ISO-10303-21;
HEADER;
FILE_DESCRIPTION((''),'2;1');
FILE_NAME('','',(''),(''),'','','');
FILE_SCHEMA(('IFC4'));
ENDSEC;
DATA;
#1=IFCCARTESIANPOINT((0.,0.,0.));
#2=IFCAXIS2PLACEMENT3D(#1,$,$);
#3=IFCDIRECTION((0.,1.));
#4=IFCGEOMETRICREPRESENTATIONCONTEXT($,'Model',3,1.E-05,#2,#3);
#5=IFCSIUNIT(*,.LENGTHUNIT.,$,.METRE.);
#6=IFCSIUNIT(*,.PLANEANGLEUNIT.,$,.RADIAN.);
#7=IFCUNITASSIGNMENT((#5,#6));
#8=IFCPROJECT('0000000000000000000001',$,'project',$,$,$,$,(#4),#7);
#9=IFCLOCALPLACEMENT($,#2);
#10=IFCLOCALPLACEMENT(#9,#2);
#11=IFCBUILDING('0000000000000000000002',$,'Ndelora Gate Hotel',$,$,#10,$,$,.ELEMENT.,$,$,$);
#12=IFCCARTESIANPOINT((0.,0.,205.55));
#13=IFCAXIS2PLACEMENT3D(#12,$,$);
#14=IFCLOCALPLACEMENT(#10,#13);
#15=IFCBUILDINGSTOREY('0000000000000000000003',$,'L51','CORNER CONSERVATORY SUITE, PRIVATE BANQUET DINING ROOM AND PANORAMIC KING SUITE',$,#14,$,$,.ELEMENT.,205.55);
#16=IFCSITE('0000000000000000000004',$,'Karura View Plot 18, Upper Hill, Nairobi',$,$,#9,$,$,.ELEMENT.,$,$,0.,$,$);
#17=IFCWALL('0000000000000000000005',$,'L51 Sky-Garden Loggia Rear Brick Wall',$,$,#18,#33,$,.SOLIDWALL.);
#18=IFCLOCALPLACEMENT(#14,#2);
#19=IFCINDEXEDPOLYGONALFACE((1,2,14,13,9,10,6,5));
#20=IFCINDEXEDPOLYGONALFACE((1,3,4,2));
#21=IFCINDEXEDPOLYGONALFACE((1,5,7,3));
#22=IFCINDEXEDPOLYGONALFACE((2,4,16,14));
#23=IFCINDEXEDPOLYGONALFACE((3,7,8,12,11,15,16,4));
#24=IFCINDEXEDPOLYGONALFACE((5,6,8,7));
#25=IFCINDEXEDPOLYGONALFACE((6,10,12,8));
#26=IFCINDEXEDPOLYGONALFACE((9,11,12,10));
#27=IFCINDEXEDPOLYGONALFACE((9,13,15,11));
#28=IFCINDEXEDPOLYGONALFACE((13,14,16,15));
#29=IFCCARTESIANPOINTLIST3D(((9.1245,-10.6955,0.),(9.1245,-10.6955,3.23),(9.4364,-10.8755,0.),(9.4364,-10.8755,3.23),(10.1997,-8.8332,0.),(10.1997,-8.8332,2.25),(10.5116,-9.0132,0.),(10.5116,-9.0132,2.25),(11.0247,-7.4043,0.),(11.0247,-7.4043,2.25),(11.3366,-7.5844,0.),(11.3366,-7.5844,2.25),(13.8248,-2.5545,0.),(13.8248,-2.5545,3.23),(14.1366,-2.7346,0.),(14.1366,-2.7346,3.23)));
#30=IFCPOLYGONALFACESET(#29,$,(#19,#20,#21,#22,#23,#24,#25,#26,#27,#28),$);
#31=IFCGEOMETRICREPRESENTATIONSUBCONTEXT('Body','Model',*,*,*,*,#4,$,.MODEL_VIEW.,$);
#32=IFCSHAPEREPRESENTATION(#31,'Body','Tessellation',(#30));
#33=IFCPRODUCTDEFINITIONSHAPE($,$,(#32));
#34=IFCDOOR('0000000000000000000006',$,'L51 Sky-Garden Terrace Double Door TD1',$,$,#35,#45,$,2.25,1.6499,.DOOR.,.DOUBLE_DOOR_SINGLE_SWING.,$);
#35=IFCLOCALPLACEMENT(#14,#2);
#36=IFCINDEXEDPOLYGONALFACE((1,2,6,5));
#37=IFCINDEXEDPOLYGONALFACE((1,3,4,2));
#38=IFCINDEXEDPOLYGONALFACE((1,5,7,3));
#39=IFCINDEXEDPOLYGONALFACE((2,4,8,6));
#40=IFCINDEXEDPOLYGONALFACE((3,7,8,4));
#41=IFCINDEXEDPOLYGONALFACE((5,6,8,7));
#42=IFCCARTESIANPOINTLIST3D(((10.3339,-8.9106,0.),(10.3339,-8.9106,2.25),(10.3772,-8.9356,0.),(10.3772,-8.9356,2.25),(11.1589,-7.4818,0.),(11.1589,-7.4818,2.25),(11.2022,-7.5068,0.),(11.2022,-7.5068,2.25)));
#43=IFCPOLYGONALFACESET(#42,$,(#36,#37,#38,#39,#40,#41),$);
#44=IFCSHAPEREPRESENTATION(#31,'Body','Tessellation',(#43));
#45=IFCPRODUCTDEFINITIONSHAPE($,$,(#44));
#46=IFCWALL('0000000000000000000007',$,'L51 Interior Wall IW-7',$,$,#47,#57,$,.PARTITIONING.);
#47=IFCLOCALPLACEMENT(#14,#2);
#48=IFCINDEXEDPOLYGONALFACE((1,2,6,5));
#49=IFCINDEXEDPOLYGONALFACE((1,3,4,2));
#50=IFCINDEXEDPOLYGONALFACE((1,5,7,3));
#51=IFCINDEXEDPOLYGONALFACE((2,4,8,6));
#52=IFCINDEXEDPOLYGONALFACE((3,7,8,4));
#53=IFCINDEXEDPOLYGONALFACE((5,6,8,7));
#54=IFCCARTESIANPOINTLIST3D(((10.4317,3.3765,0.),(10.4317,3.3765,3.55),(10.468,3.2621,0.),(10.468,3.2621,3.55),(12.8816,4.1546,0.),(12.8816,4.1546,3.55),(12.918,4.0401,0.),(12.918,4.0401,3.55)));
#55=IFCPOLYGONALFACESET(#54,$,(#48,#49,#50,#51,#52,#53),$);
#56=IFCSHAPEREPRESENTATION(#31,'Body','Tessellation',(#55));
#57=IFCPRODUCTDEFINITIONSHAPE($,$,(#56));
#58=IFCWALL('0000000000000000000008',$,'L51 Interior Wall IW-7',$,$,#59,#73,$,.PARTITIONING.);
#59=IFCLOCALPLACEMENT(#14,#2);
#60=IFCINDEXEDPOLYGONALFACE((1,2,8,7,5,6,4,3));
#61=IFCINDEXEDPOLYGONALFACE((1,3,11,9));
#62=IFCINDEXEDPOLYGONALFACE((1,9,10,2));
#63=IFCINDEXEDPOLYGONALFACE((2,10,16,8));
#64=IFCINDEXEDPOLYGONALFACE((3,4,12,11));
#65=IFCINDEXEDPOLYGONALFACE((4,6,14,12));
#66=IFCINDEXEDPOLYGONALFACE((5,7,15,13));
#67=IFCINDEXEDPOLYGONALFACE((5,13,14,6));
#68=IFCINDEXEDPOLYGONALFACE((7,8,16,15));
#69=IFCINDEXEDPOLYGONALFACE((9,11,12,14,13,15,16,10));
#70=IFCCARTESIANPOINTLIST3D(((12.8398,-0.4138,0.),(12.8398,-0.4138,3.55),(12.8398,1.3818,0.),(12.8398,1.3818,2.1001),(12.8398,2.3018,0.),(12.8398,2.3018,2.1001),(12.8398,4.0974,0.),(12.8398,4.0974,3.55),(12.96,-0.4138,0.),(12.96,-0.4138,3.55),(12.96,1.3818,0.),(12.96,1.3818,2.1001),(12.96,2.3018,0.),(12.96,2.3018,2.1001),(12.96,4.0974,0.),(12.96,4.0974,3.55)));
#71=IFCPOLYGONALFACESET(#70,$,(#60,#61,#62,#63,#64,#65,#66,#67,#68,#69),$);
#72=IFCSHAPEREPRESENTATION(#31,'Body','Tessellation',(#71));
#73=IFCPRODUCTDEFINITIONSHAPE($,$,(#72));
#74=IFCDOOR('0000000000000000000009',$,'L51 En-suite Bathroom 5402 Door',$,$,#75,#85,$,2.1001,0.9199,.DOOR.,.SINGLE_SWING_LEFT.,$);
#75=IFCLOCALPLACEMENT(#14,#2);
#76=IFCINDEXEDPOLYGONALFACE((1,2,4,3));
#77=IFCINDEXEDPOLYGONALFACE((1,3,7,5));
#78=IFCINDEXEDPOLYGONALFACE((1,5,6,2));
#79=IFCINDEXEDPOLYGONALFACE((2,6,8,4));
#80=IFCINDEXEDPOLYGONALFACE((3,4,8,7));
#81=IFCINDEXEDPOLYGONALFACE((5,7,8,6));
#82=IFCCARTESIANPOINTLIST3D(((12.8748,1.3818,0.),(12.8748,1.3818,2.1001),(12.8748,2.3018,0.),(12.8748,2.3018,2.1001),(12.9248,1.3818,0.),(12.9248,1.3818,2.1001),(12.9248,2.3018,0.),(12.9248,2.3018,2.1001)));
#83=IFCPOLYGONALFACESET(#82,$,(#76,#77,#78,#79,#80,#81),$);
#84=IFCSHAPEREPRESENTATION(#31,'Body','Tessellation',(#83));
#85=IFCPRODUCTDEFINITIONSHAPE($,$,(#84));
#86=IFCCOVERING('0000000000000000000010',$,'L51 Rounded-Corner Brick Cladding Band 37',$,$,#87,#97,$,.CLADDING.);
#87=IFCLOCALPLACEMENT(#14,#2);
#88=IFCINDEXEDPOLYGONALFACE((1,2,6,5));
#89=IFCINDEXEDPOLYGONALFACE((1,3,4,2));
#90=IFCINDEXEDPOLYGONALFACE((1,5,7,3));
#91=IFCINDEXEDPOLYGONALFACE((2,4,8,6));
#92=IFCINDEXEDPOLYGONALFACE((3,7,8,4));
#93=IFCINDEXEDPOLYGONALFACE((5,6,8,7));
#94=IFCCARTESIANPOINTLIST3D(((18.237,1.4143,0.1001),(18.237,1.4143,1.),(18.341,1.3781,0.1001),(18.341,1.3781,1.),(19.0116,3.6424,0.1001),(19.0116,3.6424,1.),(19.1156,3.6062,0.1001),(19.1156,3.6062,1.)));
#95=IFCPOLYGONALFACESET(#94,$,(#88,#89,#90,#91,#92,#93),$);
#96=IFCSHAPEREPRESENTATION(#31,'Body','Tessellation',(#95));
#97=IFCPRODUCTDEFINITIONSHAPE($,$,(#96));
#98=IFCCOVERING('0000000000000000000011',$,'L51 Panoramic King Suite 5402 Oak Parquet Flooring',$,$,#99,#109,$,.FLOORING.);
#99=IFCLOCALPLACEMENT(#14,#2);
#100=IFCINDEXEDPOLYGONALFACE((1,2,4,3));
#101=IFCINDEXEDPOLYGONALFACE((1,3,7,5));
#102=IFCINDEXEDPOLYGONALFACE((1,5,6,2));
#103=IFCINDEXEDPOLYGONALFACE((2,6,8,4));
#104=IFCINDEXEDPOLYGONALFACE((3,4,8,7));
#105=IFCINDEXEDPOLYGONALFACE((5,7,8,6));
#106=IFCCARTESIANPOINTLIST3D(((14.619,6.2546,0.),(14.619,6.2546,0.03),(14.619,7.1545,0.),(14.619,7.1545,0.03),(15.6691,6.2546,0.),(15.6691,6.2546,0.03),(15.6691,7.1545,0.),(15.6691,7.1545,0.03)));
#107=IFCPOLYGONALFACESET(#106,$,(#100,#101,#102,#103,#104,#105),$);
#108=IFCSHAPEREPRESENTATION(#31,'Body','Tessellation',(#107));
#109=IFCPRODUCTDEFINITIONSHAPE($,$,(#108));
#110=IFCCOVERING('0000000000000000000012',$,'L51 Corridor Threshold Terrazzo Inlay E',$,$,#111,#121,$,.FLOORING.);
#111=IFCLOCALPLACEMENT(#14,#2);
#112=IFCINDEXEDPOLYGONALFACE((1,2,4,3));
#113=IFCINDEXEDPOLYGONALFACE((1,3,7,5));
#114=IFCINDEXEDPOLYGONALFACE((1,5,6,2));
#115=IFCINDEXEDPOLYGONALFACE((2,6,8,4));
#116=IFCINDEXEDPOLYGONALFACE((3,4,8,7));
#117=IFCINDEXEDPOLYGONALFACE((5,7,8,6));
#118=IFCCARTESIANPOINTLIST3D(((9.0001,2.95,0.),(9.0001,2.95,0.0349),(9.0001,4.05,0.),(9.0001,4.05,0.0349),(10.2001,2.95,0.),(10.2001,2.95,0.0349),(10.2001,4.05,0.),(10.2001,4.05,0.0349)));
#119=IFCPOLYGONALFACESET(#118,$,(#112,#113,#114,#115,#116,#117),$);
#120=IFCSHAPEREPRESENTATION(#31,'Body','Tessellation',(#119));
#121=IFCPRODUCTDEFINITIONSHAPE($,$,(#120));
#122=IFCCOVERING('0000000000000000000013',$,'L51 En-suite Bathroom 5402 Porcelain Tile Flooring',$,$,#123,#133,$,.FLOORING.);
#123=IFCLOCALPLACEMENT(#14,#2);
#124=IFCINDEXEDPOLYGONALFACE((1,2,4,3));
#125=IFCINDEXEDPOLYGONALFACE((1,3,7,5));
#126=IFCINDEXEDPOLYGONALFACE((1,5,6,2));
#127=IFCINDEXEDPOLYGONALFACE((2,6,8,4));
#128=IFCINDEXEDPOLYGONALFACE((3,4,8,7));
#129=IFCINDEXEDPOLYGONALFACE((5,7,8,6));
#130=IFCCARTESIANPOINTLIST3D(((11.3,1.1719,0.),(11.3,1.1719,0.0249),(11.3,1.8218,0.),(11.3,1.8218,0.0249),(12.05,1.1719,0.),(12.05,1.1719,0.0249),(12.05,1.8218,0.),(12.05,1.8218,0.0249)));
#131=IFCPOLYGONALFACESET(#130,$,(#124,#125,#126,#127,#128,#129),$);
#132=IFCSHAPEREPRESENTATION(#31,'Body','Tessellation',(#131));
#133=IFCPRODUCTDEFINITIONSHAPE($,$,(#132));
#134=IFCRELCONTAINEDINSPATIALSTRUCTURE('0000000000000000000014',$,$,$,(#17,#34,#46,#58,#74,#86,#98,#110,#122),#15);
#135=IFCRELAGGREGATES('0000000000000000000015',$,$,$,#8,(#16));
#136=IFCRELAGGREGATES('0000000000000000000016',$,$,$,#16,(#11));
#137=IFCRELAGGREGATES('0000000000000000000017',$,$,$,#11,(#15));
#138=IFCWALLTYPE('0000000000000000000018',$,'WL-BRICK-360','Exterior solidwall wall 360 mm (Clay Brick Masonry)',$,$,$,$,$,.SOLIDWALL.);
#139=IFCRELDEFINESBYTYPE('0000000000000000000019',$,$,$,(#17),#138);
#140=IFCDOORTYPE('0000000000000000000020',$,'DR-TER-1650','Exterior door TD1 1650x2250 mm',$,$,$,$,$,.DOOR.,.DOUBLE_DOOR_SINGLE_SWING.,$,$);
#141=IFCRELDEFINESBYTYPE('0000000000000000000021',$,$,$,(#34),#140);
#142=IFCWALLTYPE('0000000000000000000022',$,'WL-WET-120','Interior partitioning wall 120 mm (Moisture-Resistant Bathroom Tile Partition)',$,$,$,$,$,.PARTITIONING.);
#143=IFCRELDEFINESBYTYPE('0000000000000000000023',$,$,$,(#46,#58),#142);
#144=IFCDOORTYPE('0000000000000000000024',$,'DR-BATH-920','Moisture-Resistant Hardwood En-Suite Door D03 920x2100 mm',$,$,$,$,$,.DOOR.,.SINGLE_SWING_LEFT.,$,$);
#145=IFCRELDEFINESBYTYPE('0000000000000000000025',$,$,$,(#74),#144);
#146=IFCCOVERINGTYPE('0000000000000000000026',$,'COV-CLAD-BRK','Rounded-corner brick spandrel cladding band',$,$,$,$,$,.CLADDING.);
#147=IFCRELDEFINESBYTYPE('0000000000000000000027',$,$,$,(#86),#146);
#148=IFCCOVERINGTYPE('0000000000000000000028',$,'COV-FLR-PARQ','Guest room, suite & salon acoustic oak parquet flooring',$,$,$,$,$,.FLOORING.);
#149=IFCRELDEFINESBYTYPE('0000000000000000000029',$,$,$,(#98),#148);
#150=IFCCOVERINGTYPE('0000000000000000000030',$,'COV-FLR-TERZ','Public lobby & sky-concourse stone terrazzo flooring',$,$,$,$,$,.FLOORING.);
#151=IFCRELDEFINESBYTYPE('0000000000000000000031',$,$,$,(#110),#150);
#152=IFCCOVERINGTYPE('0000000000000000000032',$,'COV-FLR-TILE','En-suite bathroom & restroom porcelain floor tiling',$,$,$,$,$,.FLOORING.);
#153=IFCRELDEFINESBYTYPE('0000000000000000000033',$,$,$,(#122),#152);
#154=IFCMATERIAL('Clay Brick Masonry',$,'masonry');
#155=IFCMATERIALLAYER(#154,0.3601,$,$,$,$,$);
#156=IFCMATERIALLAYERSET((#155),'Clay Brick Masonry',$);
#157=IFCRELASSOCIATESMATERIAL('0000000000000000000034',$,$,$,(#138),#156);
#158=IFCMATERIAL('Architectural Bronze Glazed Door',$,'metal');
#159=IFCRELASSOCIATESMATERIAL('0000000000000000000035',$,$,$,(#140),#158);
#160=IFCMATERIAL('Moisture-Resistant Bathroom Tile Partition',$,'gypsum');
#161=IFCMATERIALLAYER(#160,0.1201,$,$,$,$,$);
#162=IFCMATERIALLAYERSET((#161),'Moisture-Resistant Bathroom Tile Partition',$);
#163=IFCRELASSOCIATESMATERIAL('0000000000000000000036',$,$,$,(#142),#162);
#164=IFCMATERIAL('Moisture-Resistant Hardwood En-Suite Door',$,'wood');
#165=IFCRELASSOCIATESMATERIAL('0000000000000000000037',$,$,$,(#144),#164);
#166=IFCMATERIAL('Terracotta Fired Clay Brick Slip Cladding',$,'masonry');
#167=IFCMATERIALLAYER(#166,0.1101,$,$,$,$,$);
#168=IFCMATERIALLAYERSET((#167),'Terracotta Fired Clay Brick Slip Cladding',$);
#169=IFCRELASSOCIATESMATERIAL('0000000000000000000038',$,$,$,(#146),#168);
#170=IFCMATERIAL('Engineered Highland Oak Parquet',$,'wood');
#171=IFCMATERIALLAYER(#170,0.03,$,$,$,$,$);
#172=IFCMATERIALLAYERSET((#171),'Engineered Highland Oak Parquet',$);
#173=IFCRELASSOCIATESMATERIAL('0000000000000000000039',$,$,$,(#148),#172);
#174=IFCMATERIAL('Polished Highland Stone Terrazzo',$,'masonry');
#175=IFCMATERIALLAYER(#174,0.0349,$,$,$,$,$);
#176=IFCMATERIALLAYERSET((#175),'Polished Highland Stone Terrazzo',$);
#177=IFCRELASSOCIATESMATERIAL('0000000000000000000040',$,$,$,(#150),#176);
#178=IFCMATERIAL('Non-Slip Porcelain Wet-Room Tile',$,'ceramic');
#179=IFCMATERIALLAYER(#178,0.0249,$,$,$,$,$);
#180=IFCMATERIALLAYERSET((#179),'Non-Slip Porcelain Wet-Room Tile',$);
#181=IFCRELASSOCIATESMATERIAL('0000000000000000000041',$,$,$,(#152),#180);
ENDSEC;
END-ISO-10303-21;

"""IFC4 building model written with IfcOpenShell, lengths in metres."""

from ifc_helpers import new_model, si_unit, direction, frame, frame_2d, origin, origin_2d, place, context, subcontext, project, spatial, rectangle, extrude, material, layer, layer_set, type_object, element, fill, save


model = new_model("IFC4")

# Units and contexts
model_context = context("Model", 3, precision=1e-05, world=origin(), true_north=direction((0.0, 1.0)))
body_context = subcontext(model_context, "Body", "Model", "MODEL_VIEW")
ifc_project = project(units=[si_unit("LENGTHUNIT", "METRE"), si_unit("PLANEANGLEUNIT", "RADIAN")], contexts=[model_context])

# Site, building, storey
site_placement = place(None, origin())
site = spatial("IfcSite", under=ifc_project, at=site_placement, Name="Karura View Plot 18, Upper Hill, Nairobi", CompositionType="ELEMENT", RefElevation=0.0)
building_placement = place(site_placement, origin())
building = spatial("IfcBuilding", under=site, at=building_placement, Name="Ndelora Gate Hotel", CompositionType="ELEMENT")
storey_placement = place(building_placement, frame((0.0, 0.0, 205.55)))
storey = spatial("IfcBuildingStorey", under=building, at=storey_placement, Name="L51", Description="CORNER CONSERVATORY SUITE, PRIVATE BANQUET DINING ROOM AND PANORAMIC KING SUITE", CompositionType="ELEMENT", Elevation=205.55)

# Shared definitions
ifc_material_1 = material(Name="Clay Brick Masonry", Category="masonry")

# Wall, opening, door
ifc_layer_1 = layer(ifc_material_1, 0.3601)
ifc_layer_set_1 = layer_set([ifc_layer_1], Name="Clay Brick Masonry")
wall_type_1 = type_object("IfcWallType", Name="WL-BRICK-360", Description="Exterior solidwall wall 360 mm (Clay Brick Masonry)", PredefinedType="SOLIDWALL", material=ifc_layer_set_1)
wall_1_placement = place(storey_placement, frame((13.9807, -2.6445, 0.0), z_axis=(0.0, 0.0, 1.0), x_axis=(-0.500005, -0.866023, 0.0)))
wall_1 = element("IfcWall", 1, at=wall_1_placement, inside=storey, type_object=wall_type_1, Name="L51 Sky-Garden Loggia Rear Brick Wall", PredefinedType="SOLIDWALL", context=body_context, shape_type="SweptSolid", body=[
    extrude(rectangle(XDim=9.4004, YDim=0.3601, at=frame_2d((4.7002, 0.0))), origin(), (0.0, 0.0, 1.0), 3.23),
])
opening_1_placement = place(wall_1_placement, frame((5.6001, 0.0, 0.0)))
opening_1 = element("IfcOpeningElement", 2, at=opening_1_placement, cuts=wall_1, PredefinedType="OPENING", context=body_context, shape_type="SweptSolid", body=[
    extrude(rectangle(XDim=1.6499, YDim=2.25, at=frame_2d((0.825, 1.125))), frame((0.0, 0.1899, 0.0), z_axis=(0.0, -1.0, 0.0), x_axis=(1.0, 0.0, 0.0)), (0.0, 0.0, 1.0), 0.3801),
])
ifc_material_2 = material(Name="Architectural Bronze Glazed Door", Category="metal")
door_type_1 = type_object("IfcDoorType", Name="DR-TER-1650", Description="Exterior door TD1 1650x2250 mm", OperationType="DOUBLE_DOOR_SINGLE_SWING", PredefinedType="DOOR", material=ifc_material_2)
door_1_placement = place(opening_1_placement, origin())
door_1 = element("IfcDoor", 3, at=door_1_placement, inside=storey, type_object=door_type_1, Name="L51 Sky-Garden Terrace Double Door TD1", OperationType="DOUBLE_DOOR_SINGLE_SWING", OverallHeight=2.25, OverallWidth=1.6499, PredefinedType="DOOR", context=body_context, shape_type="SweptSolid", body=[
    extrude(rectangle(XDim=1.6499, YDim=2.25, at=frame_2d((0.825, 1.125))), frame((0.0, 0.0249, 0.0), z_axis=(0.0, -1.0, 0.0), x_axis=(1.0, 0.0, 0.0)), (0.0, 0.0, 1.0), 0.05),
])
fill(opening_1, door_1)

# Wall
ifc_material_3 = material(Name="Moisture-Resistant Bathroom Tile Partition", Category="gypsum")
ifc_layer_2 = layer(ifc_material_3, 0.1201)
ifc_layer_set_2 = layer_set([ifc_layer_2], Name="Moisture-Resistant Bathroom Tile Partition")
wall_type_2 = type_object("IfcWallType", Name="WL-WET-120", Description="Interior partitioning wall 120 mm (Moisture-Resistant Bathroom Tile Partition)", PredefinedType="PARTITIONING", material=ifc_layer_set_2)
wall_2_placement = place(storey_placement, frame((10.45, 3.3193, 0.0), z_axis=(0.0, 0.0, 1.0), x_axis=(0.953089, 0.30269, 0.0)))
element("IfcWall", 4, at=wall_2_placement, inside=storey, type_object=wall_type_2, Name="L51 Interior Wall IW-7", PredefinedType="PARTITIONING", context=body_context, shape_type="SweptSolid", body=[
    extrude(rectangle(XDim=2.5706, YDim=0.1201, at=frame_2d((1.2852, 0.0))), origin(), (0.0, 0.0, 1.0), 3.55),
])

# Wall, opening, door
wall_3_placement = place(storey_placement, frame((12.8999, 4.0974, 0.0), z_axis=(0.0, 0.0, 1.0), x_axis=(0.0, -1.0, 0.0)))
wall_3 = element("IfcWall", 5, at=wall_3_placement, inside=storey, type_object=wall_type_2, Name="L51 Interior Wall IW-7", PredefinedType="PARTITIONING", context=body_context, shape_type="SweptSolid", body=[
    extrude(rectangle(XDim=4.5112, YDim=0.1201, at=frame_2d((2.2556, 0.0))), origin(), (0.0, 0.0, 1.0), 3.55),
])
opening_2_placement = place(wall_3_placement, frame((1.7957, 0.0, 0.0)))
opening_2 = element("IfcOpeningElement", 6, at=opening_2_placement, cuts=wall_3, PredefinedType="OPENING", context=body_context, shape_type="SweptSolid", body=[
    extrude(rectangle(XDim=0.9199, YDim=2.1001, at=frame_2d((0.46, 1.05))), frame((0.0, 0.0701, 0.0), z_axis=(0.0, -1.0, 0.0), x_axis=(1.0, 0.0, 0.0)), (0.0, 0.0, 1.0), 0.1401),
])
ifc_material_4 = material(Name="Moisture-Resistant Hardwood En-Suite Door", Category="wood")
door_type_2 = type_object("IfcDoorType", Name="DR-BATH-920", Description="Moisture-Resistant Hardwood En-Suite Door D03 920x2100 mm", OperationType="SINGLE_SWING_LEFT", PredefinedType="DOOR", material=ifc_material_4)
door_2_placement = place(opening_2_placement, origin())
door_2 = element("IfcDoor", 7, at=door_2_placement, inside=storey, type_object=door_type_2, Name="L51 En-suite Bathroom 5402 Door", OperationType="SINGLE_SWING_LEFT", OverallHeight=2.1001, OverallWidth=0.9199, PredefinedType="DOOR", context=body_context, shape_type="SweptSolid", body=[
    extrude(rectangle(XDim=0.9199, YDim=2.1001, at=frame_2d((0.46, 1.05))), frame((0.0, 0.0249, 0.0), z_axis=(0.0, -1.0, 0.0), x_axis=(1.0, 0.0, 0.0)), (0.0, 0.0, 1.0), 0.05),
])
fill(opening_2, door_2)

# Coverings
ifc_material_5 = material(Name="Terracotta Fired Clay Brick Slip Cladding", Category="masonry")
ifc_layer_3 = layer(ifc_material_5, 0.1101)
ifc_layer_set_3 = layer_set([ifc_layer_3], Name="Terracotta Fired Clay Brick Slip Cladding")
covering_type_1 = type_object("IfcCoveringType", Name="COV-CLAD-BRK", Description="Rounded-corner brick spandrel cladding band", PredefinedType="CLADDING", material=ifc_layer_set_3)
covering_1_placement = place(storey_placement, frame((18.6763, 2.5103, 0.1001), z_axis=(0.0, 0.0, 1.0), x_axis=(0.328372, 0.944548, 0.0)))
element("IfcCovering", 8, at=covering_1_placement, inside=storey, type_object=covering_type_1, Name="L51 Rounded-Corner Brick Cladding Band 37", PredefinedType="CLADDING", context=body_context, shape_type="SweptSolid", body=[
    extrude(rectangle(XDim=2.3589, YDim=0.1101, at=origin_2d()), origin(), (0.0, 0.0, 1.0), 0.8999),
])
ifc_material_6 = material(Name="Engineered Highland Oak Parquet", Category="wood")
ifc_layer_4 = layer(ifc_material_6, 0.03)
ifc_layer_set_4 = layer_set([ifc_layer_4], Name="Engineered Highland Oak Parquet")
covering_type_2 = type_object("IfcCoveringType", Name="COV-FLR-PARQ", Description="Guest room, suite & salon acoustic oak parquet flooring", PredefinedType="FLOORING", material=ifc_layer_set_4)
covering_2_placement = place(storey_placement, frame((15.144, 6.7046, 0.0), z_axis=(0.0, 0.0, 1.0), x_axis=(1.0, 0.0, 0.0)))
element("IfcCovering", 9, at=covering_2_placement, inside=storey, type_object=covering_type_2, Name="L51 Panoramic King Suite 5402 Oak Parquet Flooring", PredefinedType="FLOORING", context=body_context, shape_type="SweptSolid", body=[
    extrude(rectangle(XDim=1.05, YDim=0.8999, at=origin_2d()), origin(), (0.0, 0.0, 1.0), 0.03),
])
ifc_material_7 = material(Name="Polished Highland Stone Terrazzo", Category="masonry")
ifc_layer_5 = layer(ifc_material_7, 0.0349)
ifc_layer_set_5 = layer_set([ifc_layer_5], Name="Polished Highland Stone Terrazzo")
covering_type_3 = type_object("IfcCoveringType", Name="COV-FLR-TERZ", Description="Public lobby & sky-concourse stone terrazzo flooring", PredefinedType="FLOORING", material=ifc_layer_set_5)
covering_3_placement = place(storey_placement, frame((9.6001, 3.5, 0.0), z_axis=(0.0, 0.0, 1.0), x_axis=(1.0, 0.0, 0.0)))
element("IfcCovering", 10, at=covering_3_placement, inside=storey, type_object=covering_type_3, Name="L51 Corridor Threshold Terrazzo Inlay E", PredefinedType="FLOORING", context=body_context, shape_type="SweptSolid", body=[
    extrude(rectangle(XDim=1.2, YDim=1.1001, at=origin_2d()), origin(), (0.0, 0.0, 1.0), 0.0349),
])
ifc_material_8 = material(Name="Non-Slip Porcelain Wet-Room Tile", Category="ceramic")
ifc_layer_6 = layer(ifc_material_8, 0.0249)
ifc_layer_set_6 = layer_set([ifc_layer_6], Name="Non-Slip Porcelain Wet-Room Tile")
covering_type_4 = type_object("IfcCoveringType", Name="COV-FLR-TILE", Description="En-suite bathroom & restroom porcelain floor tiling", PredefinedType="FLOORING", material=ifc_layer_set_6)
covering_4_placement = place(storey_placement, frame((11.675, 1.4968, 0.0), z_axis=(0.0, 0.0, 1.0), x_axis=(1.0, 0.0, 0.0)))
element("IfcCovering", 11, at=covering_4_placement, inside=storey, type_object=covering_type_4, Name="L51 En-suite Bathroom 5402 Porcelain Tile Flooring", PredefinedType="FLOORING", context=body_context, shape_type="SweptSolid", body=[
    extrude(rectangle(XDim=0.75, YDim=0.6499, at=origin_2d()), origin(), (0.0, 0.0, 1.0), 0.0249),
])

save(model, "model.ifc")
